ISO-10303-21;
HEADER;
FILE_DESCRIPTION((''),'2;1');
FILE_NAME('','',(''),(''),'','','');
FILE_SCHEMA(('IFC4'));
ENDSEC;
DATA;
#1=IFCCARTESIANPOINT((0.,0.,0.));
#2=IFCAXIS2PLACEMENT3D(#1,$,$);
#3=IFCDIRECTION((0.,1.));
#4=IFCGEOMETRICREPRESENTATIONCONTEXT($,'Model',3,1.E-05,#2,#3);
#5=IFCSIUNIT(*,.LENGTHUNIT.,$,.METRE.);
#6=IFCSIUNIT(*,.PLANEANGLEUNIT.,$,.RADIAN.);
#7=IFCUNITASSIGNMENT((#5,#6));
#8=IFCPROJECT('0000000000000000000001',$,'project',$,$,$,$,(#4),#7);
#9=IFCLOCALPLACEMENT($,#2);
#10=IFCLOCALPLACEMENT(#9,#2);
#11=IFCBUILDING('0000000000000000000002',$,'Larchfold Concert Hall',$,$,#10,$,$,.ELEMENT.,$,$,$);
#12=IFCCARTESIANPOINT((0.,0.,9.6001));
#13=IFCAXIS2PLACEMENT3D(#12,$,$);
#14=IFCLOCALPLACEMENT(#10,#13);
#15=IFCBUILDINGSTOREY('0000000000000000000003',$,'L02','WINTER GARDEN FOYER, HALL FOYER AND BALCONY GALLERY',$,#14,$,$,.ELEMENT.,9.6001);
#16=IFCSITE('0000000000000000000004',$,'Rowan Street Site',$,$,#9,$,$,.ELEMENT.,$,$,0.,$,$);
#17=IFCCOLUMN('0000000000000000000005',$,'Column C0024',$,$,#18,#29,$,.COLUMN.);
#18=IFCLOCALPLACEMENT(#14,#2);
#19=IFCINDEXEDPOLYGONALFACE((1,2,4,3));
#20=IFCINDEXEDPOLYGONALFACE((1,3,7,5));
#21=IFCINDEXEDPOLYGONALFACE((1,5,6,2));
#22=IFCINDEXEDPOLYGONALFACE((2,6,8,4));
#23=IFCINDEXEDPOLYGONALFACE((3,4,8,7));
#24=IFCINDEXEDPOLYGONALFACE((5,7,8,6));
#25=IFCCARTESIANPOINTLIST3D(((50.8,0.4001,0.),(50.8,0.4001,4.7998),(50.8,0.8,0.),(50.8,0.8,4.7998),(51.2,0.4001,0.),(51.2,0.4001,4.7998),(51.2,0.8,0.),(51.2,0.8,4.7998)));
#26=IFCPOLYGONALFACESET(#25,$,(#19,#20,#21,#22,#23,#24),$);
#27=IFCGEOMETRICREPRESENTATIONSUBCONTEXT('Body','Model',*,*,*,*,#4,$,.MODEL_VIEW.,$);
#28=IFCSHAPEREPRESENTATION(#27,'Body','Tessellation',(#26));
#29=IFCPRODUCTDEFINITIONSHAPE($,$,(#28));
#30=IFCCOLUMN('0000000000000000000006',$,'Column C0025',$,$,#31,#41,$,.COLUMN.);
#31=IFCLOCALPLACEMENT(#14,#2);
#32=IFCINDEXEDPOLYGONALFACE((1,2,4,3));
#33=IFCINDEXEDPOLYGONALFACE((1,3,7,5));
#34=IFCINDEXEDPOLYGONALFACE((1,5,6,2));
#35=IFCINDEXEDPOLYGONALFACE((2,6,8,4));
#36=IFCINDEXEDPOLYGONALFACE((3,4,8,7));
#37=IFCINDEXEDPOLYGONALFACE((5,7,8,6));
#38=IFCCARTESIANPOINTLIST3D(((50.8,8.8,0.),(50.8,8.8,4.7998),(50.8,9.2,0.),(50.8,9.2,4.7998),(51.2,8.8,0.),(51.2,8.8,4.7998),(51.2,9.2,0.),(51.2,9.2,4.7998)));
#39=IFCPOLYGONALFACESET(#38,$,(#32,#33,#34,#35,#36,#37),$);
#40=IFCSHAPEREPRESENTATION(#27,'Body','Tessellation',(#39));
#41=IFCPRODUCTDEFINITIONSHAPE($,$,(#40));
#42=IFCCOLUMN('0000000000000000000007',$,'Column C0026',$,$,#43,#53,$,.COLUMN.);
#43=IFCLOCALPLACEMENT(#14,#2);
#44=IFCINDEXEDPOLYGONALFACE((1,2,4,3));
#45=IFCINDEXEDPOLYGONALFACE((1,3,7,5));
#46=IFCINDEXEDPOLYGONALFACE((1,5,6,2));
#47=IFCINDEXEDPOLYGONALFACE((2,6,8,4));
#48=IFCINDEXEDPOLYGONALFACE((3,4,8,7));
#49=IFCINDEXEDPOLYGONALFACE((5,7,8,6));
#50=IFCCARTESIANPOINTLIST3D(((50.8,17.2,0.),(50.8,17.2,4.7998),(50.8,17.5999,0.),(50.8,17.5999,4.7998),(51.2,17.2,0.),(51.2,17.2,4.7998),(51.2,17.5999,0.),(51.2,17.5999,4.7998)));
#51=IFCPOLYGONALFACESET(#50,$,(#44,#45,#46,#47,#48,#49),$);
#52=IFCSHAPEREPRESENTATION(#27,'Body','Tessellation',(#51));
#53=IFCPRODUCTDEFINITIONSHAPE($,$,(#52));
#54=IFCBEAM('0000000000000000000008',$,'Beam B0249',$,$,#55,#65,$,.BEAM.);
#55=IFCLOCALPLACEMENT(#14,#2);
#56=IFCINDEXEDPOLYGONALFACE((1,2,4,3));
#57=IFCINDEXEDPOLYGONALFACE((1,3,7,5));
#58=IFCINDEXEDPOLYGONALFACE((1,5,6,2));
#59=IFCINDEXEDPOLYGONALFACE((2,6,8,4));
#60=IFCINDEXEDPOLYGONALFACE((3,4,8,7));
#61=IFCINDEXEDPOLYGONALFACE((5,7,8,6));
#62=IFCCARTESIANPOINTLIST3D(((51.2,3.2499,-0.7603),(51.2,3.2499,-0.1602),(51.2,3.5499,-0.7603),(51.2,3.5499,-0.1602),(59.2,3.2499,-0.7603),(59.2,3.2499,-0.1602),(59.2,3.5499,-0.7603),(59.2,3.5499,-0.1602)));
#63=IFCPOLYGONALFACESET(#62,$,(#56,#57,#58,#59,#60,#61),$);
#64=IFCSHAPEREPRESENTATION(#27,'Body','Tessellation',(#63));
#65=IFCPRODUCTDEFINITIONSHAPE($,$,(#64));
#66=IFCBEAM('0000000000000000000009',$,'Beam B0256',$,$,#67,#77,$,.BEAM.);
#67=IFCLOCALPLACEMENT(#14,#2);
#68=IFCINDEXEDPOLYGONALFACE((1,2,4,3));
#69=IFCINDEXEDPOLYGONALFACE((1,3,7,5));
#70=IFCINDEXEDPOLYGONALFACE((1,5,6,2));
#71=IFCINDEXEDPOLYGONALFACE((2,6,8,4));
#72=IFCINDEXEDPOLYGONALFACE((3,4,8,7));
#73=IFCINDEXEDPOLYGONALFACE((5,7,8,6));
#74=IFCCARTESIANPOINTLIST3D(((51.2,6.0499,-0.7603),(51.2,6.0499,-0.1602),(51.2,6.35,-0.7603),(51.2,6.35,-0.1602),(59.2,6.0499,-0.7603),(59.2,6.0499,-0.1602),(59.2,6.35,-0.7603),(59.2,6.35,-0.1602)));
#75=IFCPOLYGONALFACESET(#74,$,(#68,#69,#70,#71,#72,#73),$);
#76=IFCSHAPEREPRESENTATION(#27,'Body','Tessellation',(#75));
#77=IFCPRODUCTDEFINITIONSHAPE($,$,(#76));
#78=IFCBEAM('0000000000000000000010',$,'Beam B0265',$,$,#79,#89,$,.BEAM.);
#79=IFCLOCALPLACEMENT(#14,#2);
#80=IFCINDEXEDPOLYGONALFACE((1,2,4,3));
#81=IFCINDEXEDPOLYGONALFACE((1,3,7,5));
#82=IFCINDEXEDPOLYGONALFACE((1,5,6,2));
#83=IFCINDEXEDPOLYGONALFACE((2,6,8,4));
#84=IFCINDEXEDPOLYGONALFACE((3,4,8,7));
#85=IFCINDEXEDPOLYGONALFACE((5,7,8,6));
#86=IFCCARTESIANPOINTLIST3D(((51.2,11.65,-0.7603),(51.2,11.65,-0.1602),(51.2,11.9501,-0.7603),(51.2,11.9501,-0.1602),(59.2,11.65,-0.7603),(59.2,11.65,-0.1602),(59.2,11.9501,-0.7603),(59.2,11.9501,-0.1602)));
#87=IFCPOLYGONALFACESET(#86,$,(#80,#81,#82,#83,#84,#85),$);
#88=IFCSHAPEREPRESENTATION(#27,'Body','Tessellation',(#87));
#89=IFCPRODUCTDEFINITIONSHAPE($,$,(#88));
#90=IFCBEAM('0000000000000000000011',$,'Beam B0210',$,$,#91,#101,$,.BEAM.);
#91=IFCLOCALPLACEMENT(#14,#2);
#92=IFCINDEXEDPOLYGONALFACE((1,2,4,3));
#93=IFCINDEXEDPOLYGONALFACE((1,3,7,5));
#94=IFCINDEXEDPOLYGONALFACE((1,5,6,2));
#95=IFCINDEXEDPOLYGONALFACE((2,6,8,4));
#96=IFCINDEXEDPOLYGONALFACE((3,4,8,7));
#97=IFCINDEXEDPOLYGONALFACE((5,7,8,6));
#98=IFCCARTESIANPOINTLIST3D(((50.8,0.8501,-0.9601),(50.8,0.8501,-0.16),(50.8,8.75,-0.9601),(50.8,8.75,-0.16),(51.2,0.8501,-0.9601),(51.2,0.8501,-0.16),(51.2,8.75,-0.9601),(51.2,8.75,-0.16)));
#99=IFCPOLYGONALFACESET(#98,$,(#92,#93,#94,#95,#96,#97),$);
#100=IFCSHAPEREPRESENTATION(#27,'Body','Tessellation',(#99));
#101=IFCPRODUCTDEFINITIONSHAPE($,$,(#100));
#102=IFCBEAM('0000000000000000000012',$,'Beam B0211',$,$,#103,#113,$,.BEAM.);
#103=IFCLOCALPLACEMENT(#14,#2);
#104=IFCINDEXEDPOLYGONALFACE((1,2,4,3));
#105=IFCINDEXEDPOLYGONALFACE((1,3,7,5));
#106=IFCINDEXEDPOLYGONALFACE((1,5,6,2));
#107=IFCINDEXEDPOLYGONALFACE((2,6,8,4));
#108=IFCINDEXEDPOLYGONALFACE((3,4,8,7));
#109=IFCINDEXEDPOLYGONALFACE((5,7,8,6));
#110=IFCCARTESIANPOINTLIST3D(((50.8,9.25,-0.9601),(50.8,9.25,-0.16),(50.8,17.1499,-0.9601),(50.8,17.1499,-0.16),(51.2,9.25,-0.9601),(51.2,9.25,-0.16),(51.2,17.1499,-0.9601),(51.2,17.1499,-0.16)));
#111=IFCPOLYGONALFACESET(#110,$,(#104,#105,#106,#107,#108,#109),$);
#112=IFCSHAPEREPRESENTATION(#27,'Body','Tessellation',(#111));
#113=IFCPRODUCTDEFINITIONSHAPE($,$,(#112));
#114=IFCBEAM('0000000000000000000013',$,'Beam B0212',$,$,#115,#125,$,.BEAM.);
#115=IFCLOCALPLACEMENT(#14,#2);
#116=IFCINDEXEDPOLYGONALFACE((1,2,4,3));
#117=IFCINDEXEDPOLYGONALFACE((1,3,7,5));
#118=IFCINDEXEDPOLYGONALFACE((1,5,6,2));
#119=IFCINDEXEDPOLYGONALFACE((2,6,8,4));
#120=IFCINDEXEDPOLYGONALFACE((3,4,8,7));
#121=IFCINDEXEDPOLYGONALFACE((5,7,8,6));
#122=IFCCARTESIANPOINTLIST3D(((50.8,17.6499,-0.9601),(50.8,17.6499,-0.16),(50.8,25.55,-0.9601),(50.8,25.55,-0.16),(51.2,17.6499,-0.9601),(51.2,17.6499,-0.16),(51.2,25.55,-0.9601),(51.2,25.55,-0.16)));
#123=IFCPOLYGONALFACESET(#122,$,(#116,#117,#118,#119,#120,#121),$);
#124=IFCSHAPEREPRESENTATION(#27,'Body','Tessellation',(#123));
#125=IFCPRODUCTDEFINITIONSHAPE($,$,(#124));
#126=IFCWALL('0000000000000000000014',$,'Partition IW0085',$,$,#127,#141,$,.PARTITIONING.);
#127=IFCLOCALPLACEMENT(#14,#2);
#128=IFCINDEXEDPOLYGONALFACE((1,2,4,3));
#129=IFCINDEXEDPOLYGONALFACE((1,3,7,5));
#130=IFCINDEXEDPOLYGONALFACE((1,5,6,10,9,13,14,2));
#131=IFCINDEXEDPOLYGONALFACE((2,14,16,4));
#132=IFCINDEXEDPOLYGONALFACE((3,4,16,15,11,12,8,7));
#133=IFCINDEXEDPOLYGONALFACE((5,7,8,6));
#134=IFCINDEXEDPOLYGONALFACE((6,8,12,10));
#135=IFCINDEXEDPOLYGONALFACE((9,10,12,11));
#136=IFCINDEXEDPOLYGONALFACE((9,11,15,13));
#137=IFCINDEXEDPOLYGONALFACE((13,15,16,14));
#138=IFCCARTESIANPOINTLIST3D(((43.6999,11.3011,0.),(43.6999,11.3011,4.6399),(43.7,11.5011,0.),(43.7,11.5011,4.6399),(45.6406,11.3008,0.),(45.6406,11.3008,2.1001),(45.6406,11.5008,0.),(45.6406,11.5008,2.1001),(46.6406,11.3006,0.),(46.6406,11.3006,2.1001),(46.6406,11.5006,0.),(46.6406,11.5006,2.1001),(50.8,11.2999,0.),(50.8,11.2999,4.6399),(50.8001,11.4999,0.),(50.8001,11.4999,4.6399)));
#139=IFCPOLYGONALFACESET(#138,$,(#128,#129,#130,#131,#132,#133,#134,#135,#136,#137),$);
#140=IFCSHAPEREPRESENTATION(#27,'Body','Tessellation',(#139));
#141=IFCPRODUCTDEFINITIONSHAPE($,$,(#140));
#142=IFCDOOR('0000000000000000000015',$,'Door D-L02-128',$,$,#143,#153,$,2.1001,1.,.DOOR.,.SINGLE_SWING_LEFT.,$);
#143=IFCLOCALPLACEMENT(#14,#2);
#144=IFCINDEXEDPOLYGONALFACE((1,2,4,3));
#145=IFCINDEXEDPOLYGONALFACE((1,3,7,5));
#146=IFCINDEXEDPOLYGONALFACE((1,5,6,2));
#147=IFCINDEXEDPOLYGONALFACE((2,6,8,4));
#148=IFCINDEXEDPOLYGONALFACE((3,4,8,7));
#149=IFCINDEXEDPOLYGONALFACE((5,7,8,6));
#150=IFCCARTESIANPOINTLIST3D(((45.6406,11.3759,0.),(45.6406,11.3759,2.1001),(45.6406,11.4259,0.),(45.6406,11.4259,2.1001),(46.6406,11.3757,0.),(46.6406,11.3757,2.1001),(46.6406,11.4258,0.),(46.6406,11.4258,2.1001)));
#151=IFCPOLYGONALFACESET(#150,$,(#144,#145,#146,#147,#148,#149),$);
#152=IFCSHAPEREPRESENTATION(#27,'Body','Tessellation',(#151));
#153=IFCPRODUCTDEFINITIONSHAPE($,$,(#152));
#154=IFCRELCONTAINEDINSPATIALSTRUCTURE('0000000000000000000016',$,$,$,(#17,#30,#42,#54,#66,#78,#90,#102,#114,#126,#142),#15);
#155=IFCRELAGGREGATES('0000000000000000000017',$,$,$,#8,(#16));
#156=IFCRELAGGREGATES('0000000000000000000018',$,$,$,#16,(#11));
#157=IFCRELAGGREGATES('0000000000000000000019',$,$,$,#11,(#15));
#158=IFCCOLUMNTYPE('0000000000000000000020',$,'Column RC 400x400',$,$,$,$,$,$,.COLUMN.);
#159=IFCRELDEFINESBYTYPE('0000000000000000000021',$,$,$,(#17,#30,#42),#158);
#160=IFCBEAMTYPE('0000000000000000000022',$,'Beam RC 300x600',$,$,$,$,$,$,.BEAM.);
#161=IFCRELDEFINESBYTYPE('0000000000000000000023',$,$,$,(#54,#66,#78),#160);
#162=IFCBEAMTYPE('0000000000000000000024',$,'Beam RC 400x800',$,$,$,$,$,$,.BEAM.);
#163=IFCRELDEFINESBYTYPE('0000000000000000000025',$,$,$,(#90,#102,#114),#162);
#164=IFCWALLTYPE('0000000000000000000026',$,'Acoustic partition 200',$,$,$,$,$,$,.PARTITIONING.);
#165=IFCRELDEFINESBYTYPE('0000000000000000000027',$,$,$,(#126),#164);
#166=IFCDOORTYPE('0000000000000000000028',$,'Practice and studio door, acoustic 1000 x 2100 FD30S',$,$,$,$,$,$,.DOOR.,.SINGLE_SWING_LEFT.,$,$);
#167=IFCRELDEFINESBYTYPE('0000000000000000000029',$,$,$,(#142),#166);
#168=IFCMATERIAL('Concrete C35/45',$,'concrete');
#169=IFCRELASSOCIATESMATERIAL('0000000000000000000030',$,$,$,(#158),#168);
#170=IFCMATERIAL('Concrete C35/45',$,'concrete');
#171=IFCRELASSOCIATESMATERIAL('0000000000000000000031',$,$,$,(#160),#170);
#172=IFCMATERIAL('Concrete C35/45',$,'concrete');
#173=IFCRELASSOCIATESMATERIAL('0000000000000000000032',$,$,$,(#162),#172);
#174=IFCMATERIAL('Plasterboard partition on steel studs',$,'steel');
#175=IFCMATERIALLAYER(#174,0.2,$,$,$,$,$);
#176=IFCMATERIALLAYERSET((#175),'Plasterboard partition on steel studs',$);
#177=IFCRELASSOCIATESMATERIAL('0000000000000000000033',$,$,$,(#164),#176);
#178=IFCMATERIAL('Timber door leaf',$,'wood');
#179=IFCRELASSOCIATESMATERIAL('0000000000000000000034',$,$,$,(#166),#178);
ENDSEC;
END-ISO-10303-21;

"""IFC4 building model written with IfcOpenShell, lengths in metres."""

from ifc_helpers import new_model, si_unit, direction, frame, frame_2d, origin, origin_2d, place, context, subcontext, project, spatial, rectangle, extrude, material, layer, layer_set, material_profile, profile_set, type_object, element, fill, save


model = new_model("IFC4")

# Units and contexts
model_context = context("Model", 3, precision=1e-05, world=origin(), true_north=direction((0.0, 1.0)))
body_context = subcontext(model_context, "Body", "Model", "MODEL_VIEW")
ifc_project = project(units=[si_unit("LENGTHUNIT", "METRE"), si_unit("PLANEANGLEUNIT", "RADIAN")], contexts=[model_context])

# Site, building, storey
site_placement = place(None, origin())
site = spatial("IfcSite", under=ifc_project, at=site_placement, Name="Rowan Street Site", CompositionType="ELEMENT", RefElevation=0.0)
building_placement = place(site_placement, origin())
building = spatial("IfcBuilding", under=site, at=building_placement, Name="Larchfold Concert Hall", CompositionType="ELEMENT")
storey_placement = place(building_placement, frame((0.0, 0.0, 9.6001)))
storey = spatial("IfcBuildingStorey", under=building, at=storey_placement, Name="L02", Description="WINTER GARDEN FOYER, HALL FOYER AND BALCONY GALLERY", CompositionType="ELEMENT", Elevation=9.6001)

# Columns
ifc_material_1 = material(Name="Concrete C35/45", Category="concrete")
ifc_material_profile_1 = material_profile(ifc_material_1, rectangle(XDim=0.3999, YDim=0.3999, at=origin_2d()))
ifc_profile_set_1 = profile_set([ifc_material_profile_1], Name="Concrete C35/45")
column_type = type_object("IfcColumnType", Name="Column RC 400x400", PredefinedType="COLUMN", material=ifc_profile_set_1)
for number, where, z_axis, x_axis, name in (
    (1, (51.0, 0.6001, 0.0), (0.0, 0.0, 1.0), (1.0, 0.0, 0.0), "Column C0024"),
    (2, (51.0, 9.0, 0.0), (0.0, 0.0, 1.0), (1.0, 0.0, 0.0), "Column C0025"),
    (3, (51.0, 17.3999, 0.0), (0.0, 0.0, 1.0), (1.0, 0.0, 0.0), "Column C0026"),
):
    element("IfcColumn", number, at=place(storey_placement, frame(where, z_axis=z_axis, x_axis=x_axis)), inside=storey, type_object=column_type, Name=name, PredefinedType="COLUMN", context=body_context, shape_type="SweptSolid", body=[
        extrude(rectangle(XDim=0.3999, YDim=0.3999, at=origin_2d()), origin(), (0.0, 0.0, 1.0), 4.7998),
    ])

# Beams
ifc_material_2 = material(Name="Concrete C35/45", Category="concrete")
ifc_material_profile_2 = material_profile(ifc_material_2, rectangle(XDim=0.3, YDim=0.6001, at=origin_2d()))
ifc_profile_set_2 = profile_set([ifc_material_profile_2], Name="Concrete C35/45")
beam_type_1 = type_object("IfcBeamType", Name="Beam RC 300x600", PredefinedType="BEAM", material=ifc_profile_set_2)
for number, where, z_axis, x_axis, name in (
    (4, (51.2, 3.3999, -0.4602), (1.0, 0.0, 0.0), (0.0, 1.0, 0.0), "Beam B0249"),
    (5, (51.2, 6.2, -0.4602), (1.0, 0.0, 0.0), (0.0, 1.0, 0.0), "Beam B0256"),
    (6, (51.2, 11.8, -0.4602), (1.0, 0.0, 0.0), (0.0, 1.0, 0.0), "Beam B0265"),
):
    element("IfcBeam", number, at=place(storey_placement, frame(where, z_axis=z_axis, x_axis=x_axis)), inside=storey, type_object=beam_type_1, Name=name, PredefinedType="BEAM", context=body_context, shape_type="SweptSolid", body=[
        extrude(rectangle(XDim=0.3, YDim=0.6001, at=origin_2d()), origin(), (0.0, 0.0, 1.0), 8.0),
    ])
ifc_material_3 = material(Name="Concrete C35/45", Category="concrete")
ifc_material_profile_3 = material_profile(ifc_material_3, rectangle(XDim=0.3999, YDim=0.8, at=origin_2d()))
ifc_profile_set_3 = profile_set([ifc_material_profile_3], Name="Concrete C35/45")
beam_type_2 = type_object("IfcBeamType", Name="Beam RC 400x800", PredefinedType="BEAM", material=ifc_profile_set_3)
for number, where, z_axis, x_axis, name in (
    (7, (51.0, 0.8501, -0.5601), (0.0, 1.0, 0.0), (-1.0, 0.0, 0.0), "Beam B0210"),
    (8, (51.0, 9.25, -0.5601), (0.0, 1.0, 0.0), (-1.0, 0.0, 0.0), "Beam B0211"),
):
    element("IfcBeam", number, at=place(storey_placement, frame(where, z_axis=z_axis, x_axis=x_axis)), inside=storey, type_object=beam_type_2, Name=name, PredefinedType="BEAM", context=body_context, shape_type="SweptSolid", body=[
        extrude(rectangle(XDim=0.3999, YDim=0.8, at=origin_2d()), origin(), (0.0, 0.0, 1.0), 7.8999),
    ])
beam_placement = place(storey_placement, frame((51.0, 17.6499, -0.5601), z_axis=(0.0, 1.0, 0.0), x_axis=(-1.0, 0.0, 0.0)))
element("IfcBeam", 9, at=beam_placement, inside=storey, type_object=beam_type_2, Name="Beam B0212", PredefinedType="BEAM", context=body_context, shape_type="SweptSolid", body=[
    extrude(rectangle(XDim=0.3999, YDim=0.8, at=origin_2d()), origin(), (0.0, 0.0, 1.0), 7.9001),
])

# Wall, opening, door
ifc_material_4 = material(Name="Plasterboard partition on steel studs", Category="steel")
ifc_layer_1 = layer(ifc_material_4, 0.2)
ifc_layer_set_1 = layer_set([ifc_layer_1], Name="Plasterboard partition on steel studs")
wall_type_1 = type_object("IfcWallType", Name="Acoustic partition 200", PredefinedType="PARTITIONING", material=ifc_layer_set_1)
wall_1_placement = place(storey_placement, frame((50.8, 11.3999, 0.0), z_axis=(0.0, 0.0, 1.0), x_axis=(-1.0, 0.000172, 0.0)))
wall_1 = element("IfcWall", 10, at=wall_1_placement, inside=storey, type_object=wall_type_1, Name="Partition IW0085", PredefinedType="PARTITIONING", context=body_context, shape_type="SweptSolid", body=[
    extrude(rectangle(XDim=7.1001, YDim=0.2, at=frame_2d((3.55, 0.0))), origin(), (0.0, 0.0, 1.0), 4.6399),
])
opening_1_placement = place(wall_1_placement, frame((4.1594, 0.0, 0.0)))
opening_1 = element("IfcOpeningElement", 11, at=opening_1_placement, cuts=wall_1, PredefinedType="OPENING", context=body_context, shape_type="SweptSolid", body=[
    extrude(rectangle(XDim=1.0, YDim=2.1001, at=frame_2d((0.5, 1.05))), frame((0.0, 0.1099, 0.0), z_axis=(0.0, -1.0, 0.0), x_axis=(1.0, 0.0, 0.0)), (0.0, 0.0, 1.0), 0.22),
])
ifc_material_5 = material(Name="Timber door leaf", Category="wood")
door_type_1 = type_object("IfcDoorType", Name="Practice and studio door, acoustic 1000 x 2100 FD30S", OperationType="SINGLE_SWING_LEFT", PredefinedType="DOOR", material=ifc_material_5)
door_1_placement = place(opening_1_placement, origin())
door_1 = element("IfcDoor", 12, at=door_1_placement, inside=storey, type_object=door_type_1, Name="Door D-L02-128", OperationType="SINGLE_SWING_LEFT", OverallHeight=2.1001, OverallWidth=1.0, PredefinedType="DOOR", context=body_context, shape_type="SweptSolid", body=[
    extrude(rectangle(XDim=1.0, YDim=2.1001, at=frame_2d((0.5, 1.05))), frame((0.0, 0.0249, 0.0), z_axis=(0.0, -1.0, 0.0), x_axis=(1.0, 0.0, 0.0)), (0.0, 0.0, 1.0), 0.05),
])
fill(opening_1, door_1)

save(model, "model.ifc")
